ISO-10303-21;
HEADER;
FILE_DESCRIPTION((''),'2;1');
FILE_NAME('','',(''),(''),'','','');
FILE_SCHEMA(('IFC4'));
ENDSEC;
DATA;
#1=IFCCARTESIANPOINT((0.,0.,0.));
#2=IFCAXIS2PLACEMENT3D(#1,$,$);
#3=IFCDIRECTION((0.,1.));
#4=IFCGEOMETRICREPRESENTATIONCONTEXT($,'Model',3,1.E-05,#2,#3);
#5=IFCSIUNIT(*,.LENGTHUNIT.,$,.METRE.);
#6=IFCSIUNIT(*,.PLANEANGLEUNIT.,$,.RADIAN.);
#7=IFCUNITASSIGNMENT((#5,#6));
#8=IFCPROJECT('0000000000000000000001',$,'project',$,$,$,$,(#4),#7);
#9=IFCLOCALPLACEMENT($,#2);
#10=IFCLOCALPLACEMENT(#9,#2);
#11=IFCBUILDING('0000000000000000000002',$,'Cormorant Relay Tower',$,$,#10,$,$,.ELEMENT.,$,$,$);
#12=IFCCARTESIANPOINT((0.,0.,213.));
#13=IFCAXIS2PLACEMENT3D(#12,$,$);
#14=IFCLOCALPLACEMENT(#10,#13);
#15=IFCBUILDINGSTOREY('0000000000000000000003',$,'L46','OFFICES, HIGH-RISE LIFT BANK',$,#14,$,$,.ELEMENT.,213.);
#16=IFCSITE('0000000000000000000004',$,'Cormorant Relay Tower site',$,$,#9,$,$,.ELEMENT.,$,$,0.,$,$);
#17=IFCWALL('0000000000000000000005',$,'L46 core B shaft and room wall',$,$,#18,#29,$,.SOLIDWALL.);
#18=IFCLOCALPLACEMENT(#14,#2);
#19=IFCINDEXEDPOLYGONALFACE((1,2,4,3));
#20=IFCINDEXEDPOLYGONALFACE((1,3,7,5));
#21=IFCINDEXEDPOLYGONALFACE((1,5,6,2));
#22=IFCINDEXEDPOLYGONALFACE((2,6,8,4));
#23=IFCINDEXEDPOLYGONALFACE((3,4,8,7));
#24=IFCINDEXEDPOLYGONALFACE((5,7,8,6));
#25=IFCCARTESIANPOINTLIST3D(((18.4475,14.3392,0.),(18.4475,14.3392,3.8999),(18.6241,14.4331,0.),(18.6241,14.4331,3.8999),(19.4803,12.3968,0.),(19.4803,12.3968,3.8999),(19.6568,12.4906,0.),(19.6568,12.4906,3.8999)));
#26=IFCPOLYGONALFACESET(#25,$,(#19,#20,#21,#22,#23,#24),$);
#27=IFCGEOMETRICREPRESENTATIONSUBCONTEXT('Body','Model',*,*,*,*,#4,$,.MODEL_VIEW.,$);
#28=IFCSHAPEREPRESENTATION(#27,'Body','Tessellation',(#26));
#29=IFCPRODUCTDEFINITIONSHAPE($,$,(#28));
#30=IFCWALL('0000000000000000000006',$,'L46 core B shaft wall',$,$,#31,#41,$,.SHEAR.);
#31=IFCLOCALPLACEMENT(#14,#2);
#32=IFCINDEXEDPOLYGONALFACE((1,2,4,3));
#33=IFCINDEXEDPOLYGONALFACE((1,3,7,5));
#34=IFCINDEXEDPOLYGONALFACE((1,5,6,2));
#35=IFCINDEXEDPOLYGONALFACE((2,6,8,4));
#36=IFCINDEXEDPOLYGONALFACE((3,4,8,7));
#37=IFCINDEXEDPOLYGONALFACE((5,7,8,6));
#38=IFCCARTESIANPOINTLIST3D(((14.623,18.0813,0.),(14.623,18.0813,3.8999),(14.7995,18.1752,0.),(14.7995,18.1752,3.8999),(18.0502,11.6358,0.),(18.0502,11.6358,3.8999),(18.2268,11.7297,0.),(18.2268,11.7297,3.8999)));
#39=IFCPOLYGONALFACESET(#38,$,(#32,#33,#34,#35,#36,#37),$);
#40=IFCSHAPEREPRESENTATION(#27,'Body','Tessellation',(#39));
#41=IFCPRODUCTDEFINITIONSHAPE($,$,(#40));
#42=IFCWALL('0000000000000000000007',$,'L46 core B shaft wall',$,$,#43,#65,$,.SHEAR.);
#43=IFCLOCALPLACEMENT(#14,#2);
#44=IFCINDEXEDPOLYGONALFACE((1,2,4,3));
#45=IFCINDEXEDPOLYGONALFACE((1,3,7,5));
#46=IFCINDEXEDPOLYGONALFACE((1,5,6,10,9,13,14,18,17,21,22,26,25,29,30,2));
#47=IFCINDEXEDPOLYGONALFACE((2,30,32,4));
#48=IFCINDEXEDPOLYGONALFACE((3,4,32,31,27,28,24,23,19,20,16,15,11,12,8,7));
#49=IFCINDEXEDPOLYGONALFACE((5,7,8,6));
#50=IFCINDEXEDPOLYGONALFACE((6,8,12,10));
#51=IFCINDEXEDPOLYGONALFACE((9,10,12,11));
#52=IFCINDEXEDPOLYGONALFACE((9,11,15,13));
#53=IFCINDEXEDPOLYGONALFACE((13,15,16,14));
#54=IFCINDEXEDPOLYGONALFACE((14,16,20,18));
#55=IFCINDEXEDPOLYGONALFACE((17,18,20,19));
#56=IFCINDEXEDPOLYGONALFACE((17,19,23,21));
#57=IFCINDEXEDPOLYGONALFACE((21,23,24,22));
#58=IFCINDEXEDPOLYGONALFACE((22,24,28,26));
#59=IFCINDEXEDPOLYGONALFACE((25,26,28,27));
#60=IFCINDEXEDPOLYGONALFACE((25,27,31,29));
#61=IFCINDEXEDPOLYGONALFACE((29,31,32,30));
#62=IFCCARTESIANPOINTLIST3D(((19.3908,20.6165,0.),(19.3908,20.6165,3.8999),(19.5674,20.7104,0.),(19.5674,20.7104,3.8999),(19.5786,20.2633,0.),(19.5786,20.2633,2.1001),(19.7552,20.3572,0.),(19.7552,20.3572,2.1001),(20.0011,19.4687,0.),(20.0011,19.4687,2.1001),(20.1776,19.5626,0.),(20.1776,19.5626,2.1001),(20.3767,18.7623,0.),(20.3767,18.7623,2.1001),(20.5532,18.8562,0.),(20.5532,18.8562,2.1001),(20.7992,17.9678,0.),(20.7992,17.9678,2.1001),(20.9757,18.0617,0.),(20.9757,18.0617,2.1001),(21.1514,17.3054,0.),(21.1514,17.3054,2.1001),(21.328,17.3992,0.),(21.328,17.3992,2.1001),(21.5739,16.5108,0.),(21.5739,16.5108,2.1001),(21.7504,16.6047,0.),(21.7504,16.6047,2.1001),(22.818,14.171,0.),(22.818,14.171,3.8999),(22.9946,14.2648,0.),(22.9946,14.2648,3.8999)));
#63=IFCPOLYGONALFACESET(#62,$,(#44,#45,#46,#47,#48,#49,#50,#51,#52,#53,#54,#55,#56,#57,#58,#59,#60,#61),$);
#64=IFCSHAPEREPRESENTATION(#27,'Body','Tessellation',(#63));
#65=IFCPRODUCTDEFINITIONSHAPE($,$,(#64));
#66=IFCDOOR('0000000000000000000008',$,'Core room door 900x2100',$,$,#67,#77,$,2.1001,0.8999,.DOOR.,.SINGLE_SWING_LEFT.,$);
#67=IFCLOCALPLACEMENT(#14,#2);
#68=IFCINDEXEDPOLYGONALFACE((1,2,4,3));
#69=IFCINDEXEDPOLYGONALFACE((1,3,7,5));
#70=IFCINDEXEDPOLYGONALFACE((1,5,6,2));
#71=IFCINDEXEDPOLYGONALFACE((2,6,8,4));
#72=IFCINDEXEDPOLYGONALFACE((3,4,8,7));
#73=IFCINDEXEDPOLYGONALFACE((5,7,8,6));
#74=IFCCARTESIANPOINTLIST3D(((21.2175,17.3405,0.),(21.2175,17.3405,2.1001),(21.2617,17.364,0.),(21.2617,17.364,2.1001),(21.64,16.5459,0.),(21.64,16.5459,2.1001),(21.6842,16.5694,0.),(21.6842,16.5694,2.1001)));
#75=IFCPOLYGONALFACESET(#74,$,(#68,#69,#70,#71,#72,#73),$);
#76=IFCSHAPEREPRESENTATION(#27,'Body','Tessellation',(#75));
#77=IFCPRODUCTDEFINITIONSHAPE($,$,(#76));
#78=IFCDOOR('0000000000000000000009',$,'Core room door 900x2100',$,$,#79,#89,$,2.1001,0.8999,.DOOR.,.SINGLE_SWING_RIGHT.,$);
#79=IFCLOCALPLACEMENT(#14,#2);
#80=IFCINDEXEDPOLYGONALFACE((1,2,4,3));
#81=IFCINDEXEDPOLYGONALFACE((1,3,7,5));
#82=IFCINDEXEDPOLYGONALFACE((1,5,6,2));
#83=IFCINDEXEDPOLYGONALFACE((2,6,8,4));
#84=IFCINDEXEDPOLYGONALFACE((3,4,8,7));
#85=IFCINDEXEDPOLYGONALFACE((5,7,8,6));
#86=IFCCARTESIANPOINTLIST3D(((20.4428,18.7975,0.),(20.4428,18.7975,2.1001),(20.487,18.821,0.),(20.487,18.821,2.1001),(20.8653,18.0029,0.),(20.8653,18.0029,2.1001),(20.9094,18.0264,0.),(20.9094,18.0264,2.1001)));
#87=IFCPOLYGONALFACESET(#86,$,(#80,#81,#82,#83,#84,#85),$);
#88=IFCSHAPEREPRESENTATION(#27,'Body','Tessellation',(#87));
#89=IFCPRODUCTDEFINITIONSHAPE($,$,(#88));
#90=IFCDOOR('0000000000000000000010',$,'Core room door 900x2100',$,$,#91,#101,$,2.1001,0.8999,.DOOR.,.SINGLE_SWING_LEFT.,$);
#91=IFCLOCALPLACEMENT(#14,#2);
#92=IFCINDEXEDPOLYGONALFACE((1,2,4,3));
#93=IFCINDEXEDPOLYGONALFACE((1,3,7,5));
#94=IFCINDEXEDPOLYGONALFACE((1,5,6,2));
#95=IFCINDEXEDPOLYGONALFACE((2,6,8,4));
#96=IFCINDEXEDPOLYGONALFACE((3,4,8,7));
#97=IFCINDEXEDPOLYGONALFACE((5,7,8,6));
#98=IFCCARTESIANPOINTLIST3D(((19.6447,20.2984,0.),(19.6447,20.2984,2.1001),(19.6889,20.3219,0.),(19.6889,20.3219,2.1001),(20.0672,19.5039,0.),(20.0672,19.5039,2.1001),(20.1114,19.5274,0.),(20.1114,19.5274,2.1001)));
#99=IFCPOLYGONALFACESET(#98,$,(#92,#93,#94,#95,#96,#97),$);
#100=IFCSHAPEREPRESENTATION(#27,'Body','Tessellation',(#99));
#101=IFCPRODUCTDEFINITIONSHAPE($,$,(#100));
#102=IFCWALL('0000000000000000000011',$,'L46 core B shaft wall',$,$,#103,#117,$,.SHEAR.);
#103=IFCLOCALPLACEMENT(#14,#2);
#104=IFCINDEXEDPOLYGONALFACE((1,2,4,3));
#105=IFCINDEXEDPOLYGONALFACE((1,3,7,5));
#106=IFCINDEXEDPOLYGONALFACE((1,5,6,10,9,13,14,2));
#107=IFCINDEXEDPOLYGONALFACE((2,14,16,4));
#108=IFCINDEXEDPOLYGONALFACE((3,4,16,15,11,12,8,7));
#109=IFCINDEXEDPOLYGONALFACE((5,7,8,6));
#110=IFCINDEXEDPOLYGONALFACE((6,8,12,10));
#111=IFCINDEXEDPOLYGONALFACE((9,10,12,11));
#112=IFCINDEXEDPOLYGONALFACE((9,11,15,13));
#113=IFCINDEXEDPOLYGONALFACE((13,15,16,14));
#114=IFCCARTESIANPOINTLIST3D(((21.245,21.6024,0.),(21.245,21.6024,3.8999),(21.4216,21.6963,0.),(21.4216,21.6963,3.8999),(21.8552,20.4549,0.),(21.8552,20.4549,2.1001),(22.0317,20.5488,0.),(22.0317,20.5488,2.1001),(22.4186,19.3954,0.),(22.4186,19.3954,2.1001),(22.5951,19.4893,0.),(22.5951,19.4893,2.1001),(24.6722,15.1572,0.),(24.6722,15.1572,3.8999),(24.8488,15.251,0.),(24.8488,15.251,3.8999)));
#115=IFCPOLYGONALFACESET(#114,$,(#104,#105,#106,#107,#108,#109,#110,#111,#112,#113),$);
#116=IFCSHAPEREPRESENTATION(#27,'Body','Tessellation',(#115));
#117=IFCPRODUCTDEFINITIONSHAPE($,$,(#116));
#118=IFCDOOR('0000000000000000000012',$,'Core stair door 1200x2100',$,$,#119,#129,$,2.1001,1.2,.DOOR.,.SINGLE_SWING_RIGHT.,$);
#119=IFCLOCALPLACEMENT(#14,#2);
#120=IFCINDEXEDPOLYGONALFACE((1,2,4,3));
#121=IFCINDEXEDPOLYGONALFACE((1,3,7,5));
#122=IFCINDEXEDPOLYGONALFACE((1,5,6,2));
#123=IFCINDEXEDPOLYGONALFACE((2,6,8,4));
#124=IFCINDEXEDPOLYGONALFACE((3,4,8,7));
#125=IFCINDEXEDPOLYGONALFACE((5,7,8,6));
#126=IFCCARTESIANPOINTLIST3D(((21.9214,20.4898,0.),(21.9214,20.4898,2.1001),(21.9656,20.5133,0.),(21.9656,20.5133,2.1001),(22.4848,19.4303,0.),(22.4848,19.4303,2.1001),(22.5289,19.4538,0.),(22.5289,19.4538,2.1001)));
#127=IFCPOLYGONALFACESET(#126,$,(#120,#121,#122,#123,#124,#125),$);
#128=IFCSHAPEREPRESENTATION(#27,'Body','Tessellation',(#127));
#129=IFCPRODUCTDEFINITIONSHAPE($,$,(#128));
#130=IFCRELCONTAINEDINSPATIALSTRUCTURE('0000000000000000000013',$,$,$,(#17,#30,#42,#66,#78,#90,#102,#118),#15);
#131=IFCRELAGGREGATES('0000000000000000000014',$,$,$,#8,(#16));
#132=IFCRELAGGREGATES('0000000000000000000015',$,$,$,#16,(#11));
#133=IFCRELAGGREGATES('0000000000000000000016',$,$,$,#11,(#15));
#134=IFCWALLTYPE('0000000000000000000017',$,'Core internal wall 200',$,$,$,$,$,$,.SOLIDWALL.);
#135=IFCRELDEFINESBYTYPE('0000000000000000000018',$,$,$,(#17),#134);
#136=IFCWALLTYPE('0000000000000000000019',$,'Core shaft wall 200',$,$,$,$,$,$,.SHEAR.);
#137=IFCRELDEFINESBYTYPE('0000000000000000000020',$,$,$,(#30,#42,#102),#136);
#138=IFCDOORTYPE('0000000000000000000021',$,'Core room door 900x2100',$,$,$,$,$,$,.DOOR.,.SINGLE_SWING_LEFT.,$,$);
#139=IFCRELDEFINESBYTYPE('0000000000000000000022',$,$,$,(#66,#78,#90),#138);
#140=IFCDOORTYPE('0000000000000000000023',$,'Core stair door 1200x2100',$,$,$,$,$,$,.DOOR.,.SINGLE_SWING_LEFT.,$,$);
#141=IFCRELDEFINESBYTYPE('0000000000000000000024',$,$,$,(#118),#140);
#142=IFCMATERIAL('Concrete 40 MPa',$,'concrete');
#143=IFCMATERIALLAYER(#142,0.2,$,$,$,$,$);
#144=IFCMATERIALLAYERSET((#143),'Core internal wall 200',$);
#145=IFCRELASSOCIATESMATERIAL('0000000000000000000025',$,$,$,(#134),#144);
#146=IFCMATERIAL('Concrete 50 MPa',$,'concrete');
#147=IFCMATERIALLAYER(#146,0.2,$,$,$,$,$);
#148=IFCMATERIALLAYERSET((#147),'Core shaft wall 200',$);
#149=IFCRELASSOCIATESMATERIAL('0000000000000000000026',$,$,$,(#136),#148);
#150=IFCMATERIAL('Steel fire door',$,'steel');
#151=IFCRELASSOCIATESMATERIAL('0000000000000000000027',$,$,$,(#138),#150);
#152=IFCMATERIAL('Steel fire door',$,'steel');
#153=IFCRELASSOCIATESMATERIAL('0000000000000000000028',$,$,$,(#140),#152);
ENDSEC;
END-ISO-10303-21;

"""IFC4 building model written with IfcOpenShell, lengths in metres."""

from ifc_helpers import new_model, si_unit, direction, frame, frame_2d, origin, place, context, subcontext, project, spatial, rectangle, extrude, material, layer, layer_set, type_object, element, fill, save


model = new_model("IFC4")

# Units and contexts
model_context = context("Model", 3, precision=1e-05, world=origin(), true_north=direction((0.0, 1.0)))
body_context = subcontext(model_context, "Body", "Model", "MODEL_VIEW")
ifc_project = project(units=[si_unit("LENGTHUNIT", "METRE"), si_unit("PLANEANGLEUNIT", "RADIAN")], contexts=[model_context])

# Site, building, storey
site_placement = place(None, origin())
site = spatial("IfcSite", under=ifc_project, at=site_placement, Name="Cormorant Relay Tower site", CompositionType="ELEMENT", RefElevation=0.0)
building_placement = place(site_placement, origin())
building = spatial("IfcBuilding", under=site, at=building_placement, Name="Cormorant Relay Tower", CompositionType="ELEMENT")
storey_placement = place(building_placement, frame((0.0, 0.0, 213.0)))
storey = spatial("IfcBuildingStorey", under=building, at=storey_placement, Name="L46", Description="OFFICES, HIGH-RISE LIFT BANK", CompositionType="ELEMENT", Elevation=213.0)

# Walls
ifc_material_1 = material(Name="Concrete 40 MPa", Category="concrete")
ifc_layer_1 = layer(ifc_material_1, 0.2)
ifc_layer_set_1 = layer_set([ifc_layer_1], Name="Core internal wall 200")
wall_type_1 = type_object("IfcWallType", Name="Core internal wall 200", PredefinedType="SOLIDWALL", material=ifc_layer_set_1)
wall_1_placement = place(storey_placement, frame((19.5686, 12.4436, 0.0), z_axis=(0.0, 0.0, 1.0), x_axis=(-0.469447, 0.88296, 0.0)))
element("IfcWall", 1, at=wall_1_placement, inside=storey, type_object=wall_type_1, Name="L46 core B shaft and room wall", PredefinedType="SOLIDWALL", context=body_context, shape_type="SweptSolid", body=[
    extrude(rectangle(XDim=2.2, YDim=0.2, at=frame_2d((1.1001, 0.0))), origin(), (0.0, 0.0, 1.0), 3.8999),
])
ifc_material_2 = material(Name="Concrete 50 MPa", Category="concrete")
ifc_layer_2 = layer(ifc_material_2, 0.2)
ifc_layer_set_2 = layer_set([ifc_layer_2], Name="Core shaft wall 200")
wall_type_2 = type_object("IfcWallType", Name="Core shaft wall 200", PredefinedType="SHEAR", material=ifc_layer_set_2)
wall_2_placement = place(storey_placement, frame((18.1384, 11.6829, 0.0), z_axis=(0.0, 0.0, 1.0), x_axis=(-0.46948, 0.882943, 0.0)))
element("IfcWall", 2, at=wall_2_placement, inside=storey, type_object=wall_type_2, Name="L46 core B shaft wall", PredefinedType="SHEAR", context=body_context, shape_type="SweptSolid", body=[
    extrude(rectangle(XDim=7.3, YDim=0.2, at=frame_2d((3.6499, 0.0))), origin(), (0.0, 0.0, 1.0), 3.8999),
])

# Wall, openings, doors
wall_3_placement = place(storey_placement, frame((22.9062, 14.218, 0.0), z_axis=(0.0, 0.0, 1.0), x_axis=(-0.46948, 0.882943, 0.0)))
wall_3 = element("IfcWall", 3, at=wall_3_placement, inside=storey, type_object=wall_type_2, Name="L46 core B shaft wall", PredefinedType="SHEAR", context=body_context, shape_type="SweptSolid", body=[
    extrude(rectangle(XDim=7.3, YDim=0.2, at=frame_2d((3.6499, 0.0))), origin(), (0.0, 0.0, 1.0), 3.8999),
])
opening_1_placement = place(wall_3_placement, frame((2.6499, 0.0, 0.0)))
opening_1 = element("IfcOpeningElement", 4, at=opening_1_placement, cuts=wall_3, PredefinedType="OPENING", context=body_context, shape_type="SweptSolid", body=[
    extrude(rectangle(XDim=0.8999, YDim=2.1001, at=frame_2d((0.45, 1.05))), frame((0.0, 0.1099, 0.0), z_axis=(0.0, -1.0, 0.0), x_axis=(1.0, 0.0, 0.0)), (0.0, 0.0, 1.0), 0.22),
])
opening_2_placement = place(wall_3_placement, frame((4.3, 0.0, 0.0)))
opening_2 = element("IfcOpeningElement", 5, at=opening_2_placement, cuts=wall_3, PredefinedType="OPENING", context=body_context, shape_type="SweptSolid", body=[
    extrude(rectangle(XDim=0.8999, YDim=2.1001, at=frame_2d((0.45, 1.05))), frame((0.0, 0.1099, 0.0), z_axis=(0.0, -1.0, 0.0), x_axis=(1.0, 0.0, 0.0)), (0.0, 0.0, 1.0), 0.22),
])
opening_3_placement = place(wall_3_placement, frame((6.0, 0.0, 0.0)))
opening_3 = element("IfcOpeningElement", 6, at=opening_3_placement, cuts=wall_3, PredefinedType="OPENING", context=body_context, shape_type="SweptSolid", body=[
    extrude(rectangle(XDim=0.8999, YDim=2.1001, at=frame_2d((0.45, 1.05))), frame((0.0, 0.1099, 0.0), z_axis=(0.0, -1.0, 0.0), x_axis=(1.0, 0.0, 0.0)), (0.0, 0.0, 1.0), 0.22),
])
ifc_material_3 = material(Name="Steel fire door", Category="steel")
door_type_1 = type_object("IfcDoorType", Name="Core room door 900x2100", OperationType="SINGLE_SWING_LEFT", PredefinedType="DOOR", material=ifc_material_3)
door_1_placement = place(opening_1_placement, frame((0.8999, 0.0, 0.0), z_axis=(0.0, 0.0, 1.0), x_axis=(-1.0, 0.0, 0.0)))
door_1 = element("IfcDoor", 7, at=door_1_placement, inside=storey, type_object=door_type_1, Name="Core room door 900x2100", OperationType="SINGLE_SWING_LEFT", OverallHeight=2.1001, OverallWidth=0.8999, PredefinedType="DOOR", context=body_context, shape_type="SweptSolid", body=[
    extrude(rectangle(XDim=0.8999, YDim=2.1001, at=frame_2d((0.45, 1.05))), frame((0.0, 0.0249, 0.0), z_axis=(0.0, -1.0, 0.0), x_axis=(1.0, 0.0, 0.0)), (0.0, 0.0, 1.0), 0.05),
])
fill(opening_1, door_1)
door_2_placement = place(opening_2_placement, frame((0.8999, 0.0, 0.0), z_axis=(0.0, 0.0, 1.0), x_axis=(-1.0, 0.0, 0.0)))
door_2 = element("IfcDoor", 8, at=door_2_placement, inside=storey, type_object=door_type_1, Name="Core room door 900x2100", OperationType="SINGLE_SWING_RIGHT", OverallHeight=2.1001, OverallWidth=0.8999, PredefinedType="DOOR", context=body_context, shape_type="SweptSolid", body=[
    extrude(rectangle(XDim=0.8999, YDim=2.1001, at=frame_2d((0.45, 1.05))), frame((0.0, 0.0249, 0.0), z_axis=(0.0, -1.0, 0.0), x_axis=(1.0, 0.0, 0.0)), (0.0, 0.0, 1.0), 0.05),
])
fill(opening_2, door_2)
door_3_placement = place(opening_3_placement, frame((0.8999, 0.0, 0.0), z_axis=(0.0, 0.0, 1.0), x_axis=(-1.0, 0.0, 0.0)))
door_3 = element("IfcDoor", 9, at=door_3_placement, inside=storey, type_object=door_type_1, Name="Core room door 900x2100", OperationType="SINGLE_SWING_LEFT", OverallHeight=2.1001, OverallWidth=0.8999, PredefinedType="DOOR", context=body_context, shape_type="SweptSolid", body=[
    extrude(rectangle(XDim=0.8999, YDim=2.1001, at=frame_2d((0.45, 1.05))), frame((0.0, 0.0249, 0.0), z_axis=(0.0, -1.0, 0.0), x_axis=(1.0, 0.0, 0.0)), (0.0, 0.0, 1.0), 0.05),
])
fill(opening_3, door_3)

# Wall, opening, door
wall_4_placement = place(storey_placement, frame((24.7605, 15.2041, 0.0), z_axis=(0.0, 0.0, 1.0), x_axis=(-0.469494, 0.882936, 0.0)))
wall_4 = element("IfcWall", 10, at=wall_4_placement, inside=storey, type_object=wall_type_2, Name="L46 core B shaft wall", PredefinedType="SHEAR", context=body_context, shape_type="SweptSolid", body=[
    extrude(rectangle(XDim=7.2998, YDim=0.2, at=frame_2d((3.6499, 0.0))), origin(), (0.0, 0.0, 1.0), 3.8999),
])
opening_4_placement = place(wall_4_placement, frame((4.8, 0.0, 0.0)))
opening_4 = element("IfcOpeningElement", 11, at=opening_4_placement, cuts=wall_4, PredefinedType="OPENING", context=body_context, shape_type="SweptSolid", body=[
    extrude(rectangle(XDim=1.2, YDim=2.1001, at=frame_2d((0.6001, 1.05))), frame((0.0, 0.1099, 0.0), z_axis=(0.0, -1.0, 0.0), x_axis=(1.0, 0.0, 0.0)), (0.0, 0.0, 1.0), 0.22),
])
ifc_material_4 = material(Name="Steel fire door", Category="steel")
door_type_2 = type_object("IfcDoorType", Name="Core stair door 1200x2100", OperationType="SINGLE_SWING_LEFT", PredefinedType="DOOR", material=ifc_material_4)
door_4_placement = place(opening_4_placement, frame((1.2, 0.0, 0.0), z_axis=(0.0, 0.0, 1.0), x_axis=(-1.0, 0.0, 0.0)))
door_4 = element("IfcDoor", 12, at=door_4_placement, inside=storey, type_object=door_type_2, Name="Core stair door 1200x2100", OperationType="SINGLE_SWING_RIGHT", OverallHeight=2.1001, OverallWidth=1.2, PredefinedType="DOOR", context=body_context, shape_type="SweptSolid", body=[
    extrude(rectangle(XDim=1.2, YDim=2.1001, at=frame_2d((0.6001, 1.05))), frame((0.0, 0.0249, 0.0), z_axis=(0.0, -1.0, 0.0), x_axis=(1.0, 0.0, 0.0)), (0.0, 0.0, 1.0), 0.05),
])
fill(opening_4, door_4)

save(model, "model.ifc")
